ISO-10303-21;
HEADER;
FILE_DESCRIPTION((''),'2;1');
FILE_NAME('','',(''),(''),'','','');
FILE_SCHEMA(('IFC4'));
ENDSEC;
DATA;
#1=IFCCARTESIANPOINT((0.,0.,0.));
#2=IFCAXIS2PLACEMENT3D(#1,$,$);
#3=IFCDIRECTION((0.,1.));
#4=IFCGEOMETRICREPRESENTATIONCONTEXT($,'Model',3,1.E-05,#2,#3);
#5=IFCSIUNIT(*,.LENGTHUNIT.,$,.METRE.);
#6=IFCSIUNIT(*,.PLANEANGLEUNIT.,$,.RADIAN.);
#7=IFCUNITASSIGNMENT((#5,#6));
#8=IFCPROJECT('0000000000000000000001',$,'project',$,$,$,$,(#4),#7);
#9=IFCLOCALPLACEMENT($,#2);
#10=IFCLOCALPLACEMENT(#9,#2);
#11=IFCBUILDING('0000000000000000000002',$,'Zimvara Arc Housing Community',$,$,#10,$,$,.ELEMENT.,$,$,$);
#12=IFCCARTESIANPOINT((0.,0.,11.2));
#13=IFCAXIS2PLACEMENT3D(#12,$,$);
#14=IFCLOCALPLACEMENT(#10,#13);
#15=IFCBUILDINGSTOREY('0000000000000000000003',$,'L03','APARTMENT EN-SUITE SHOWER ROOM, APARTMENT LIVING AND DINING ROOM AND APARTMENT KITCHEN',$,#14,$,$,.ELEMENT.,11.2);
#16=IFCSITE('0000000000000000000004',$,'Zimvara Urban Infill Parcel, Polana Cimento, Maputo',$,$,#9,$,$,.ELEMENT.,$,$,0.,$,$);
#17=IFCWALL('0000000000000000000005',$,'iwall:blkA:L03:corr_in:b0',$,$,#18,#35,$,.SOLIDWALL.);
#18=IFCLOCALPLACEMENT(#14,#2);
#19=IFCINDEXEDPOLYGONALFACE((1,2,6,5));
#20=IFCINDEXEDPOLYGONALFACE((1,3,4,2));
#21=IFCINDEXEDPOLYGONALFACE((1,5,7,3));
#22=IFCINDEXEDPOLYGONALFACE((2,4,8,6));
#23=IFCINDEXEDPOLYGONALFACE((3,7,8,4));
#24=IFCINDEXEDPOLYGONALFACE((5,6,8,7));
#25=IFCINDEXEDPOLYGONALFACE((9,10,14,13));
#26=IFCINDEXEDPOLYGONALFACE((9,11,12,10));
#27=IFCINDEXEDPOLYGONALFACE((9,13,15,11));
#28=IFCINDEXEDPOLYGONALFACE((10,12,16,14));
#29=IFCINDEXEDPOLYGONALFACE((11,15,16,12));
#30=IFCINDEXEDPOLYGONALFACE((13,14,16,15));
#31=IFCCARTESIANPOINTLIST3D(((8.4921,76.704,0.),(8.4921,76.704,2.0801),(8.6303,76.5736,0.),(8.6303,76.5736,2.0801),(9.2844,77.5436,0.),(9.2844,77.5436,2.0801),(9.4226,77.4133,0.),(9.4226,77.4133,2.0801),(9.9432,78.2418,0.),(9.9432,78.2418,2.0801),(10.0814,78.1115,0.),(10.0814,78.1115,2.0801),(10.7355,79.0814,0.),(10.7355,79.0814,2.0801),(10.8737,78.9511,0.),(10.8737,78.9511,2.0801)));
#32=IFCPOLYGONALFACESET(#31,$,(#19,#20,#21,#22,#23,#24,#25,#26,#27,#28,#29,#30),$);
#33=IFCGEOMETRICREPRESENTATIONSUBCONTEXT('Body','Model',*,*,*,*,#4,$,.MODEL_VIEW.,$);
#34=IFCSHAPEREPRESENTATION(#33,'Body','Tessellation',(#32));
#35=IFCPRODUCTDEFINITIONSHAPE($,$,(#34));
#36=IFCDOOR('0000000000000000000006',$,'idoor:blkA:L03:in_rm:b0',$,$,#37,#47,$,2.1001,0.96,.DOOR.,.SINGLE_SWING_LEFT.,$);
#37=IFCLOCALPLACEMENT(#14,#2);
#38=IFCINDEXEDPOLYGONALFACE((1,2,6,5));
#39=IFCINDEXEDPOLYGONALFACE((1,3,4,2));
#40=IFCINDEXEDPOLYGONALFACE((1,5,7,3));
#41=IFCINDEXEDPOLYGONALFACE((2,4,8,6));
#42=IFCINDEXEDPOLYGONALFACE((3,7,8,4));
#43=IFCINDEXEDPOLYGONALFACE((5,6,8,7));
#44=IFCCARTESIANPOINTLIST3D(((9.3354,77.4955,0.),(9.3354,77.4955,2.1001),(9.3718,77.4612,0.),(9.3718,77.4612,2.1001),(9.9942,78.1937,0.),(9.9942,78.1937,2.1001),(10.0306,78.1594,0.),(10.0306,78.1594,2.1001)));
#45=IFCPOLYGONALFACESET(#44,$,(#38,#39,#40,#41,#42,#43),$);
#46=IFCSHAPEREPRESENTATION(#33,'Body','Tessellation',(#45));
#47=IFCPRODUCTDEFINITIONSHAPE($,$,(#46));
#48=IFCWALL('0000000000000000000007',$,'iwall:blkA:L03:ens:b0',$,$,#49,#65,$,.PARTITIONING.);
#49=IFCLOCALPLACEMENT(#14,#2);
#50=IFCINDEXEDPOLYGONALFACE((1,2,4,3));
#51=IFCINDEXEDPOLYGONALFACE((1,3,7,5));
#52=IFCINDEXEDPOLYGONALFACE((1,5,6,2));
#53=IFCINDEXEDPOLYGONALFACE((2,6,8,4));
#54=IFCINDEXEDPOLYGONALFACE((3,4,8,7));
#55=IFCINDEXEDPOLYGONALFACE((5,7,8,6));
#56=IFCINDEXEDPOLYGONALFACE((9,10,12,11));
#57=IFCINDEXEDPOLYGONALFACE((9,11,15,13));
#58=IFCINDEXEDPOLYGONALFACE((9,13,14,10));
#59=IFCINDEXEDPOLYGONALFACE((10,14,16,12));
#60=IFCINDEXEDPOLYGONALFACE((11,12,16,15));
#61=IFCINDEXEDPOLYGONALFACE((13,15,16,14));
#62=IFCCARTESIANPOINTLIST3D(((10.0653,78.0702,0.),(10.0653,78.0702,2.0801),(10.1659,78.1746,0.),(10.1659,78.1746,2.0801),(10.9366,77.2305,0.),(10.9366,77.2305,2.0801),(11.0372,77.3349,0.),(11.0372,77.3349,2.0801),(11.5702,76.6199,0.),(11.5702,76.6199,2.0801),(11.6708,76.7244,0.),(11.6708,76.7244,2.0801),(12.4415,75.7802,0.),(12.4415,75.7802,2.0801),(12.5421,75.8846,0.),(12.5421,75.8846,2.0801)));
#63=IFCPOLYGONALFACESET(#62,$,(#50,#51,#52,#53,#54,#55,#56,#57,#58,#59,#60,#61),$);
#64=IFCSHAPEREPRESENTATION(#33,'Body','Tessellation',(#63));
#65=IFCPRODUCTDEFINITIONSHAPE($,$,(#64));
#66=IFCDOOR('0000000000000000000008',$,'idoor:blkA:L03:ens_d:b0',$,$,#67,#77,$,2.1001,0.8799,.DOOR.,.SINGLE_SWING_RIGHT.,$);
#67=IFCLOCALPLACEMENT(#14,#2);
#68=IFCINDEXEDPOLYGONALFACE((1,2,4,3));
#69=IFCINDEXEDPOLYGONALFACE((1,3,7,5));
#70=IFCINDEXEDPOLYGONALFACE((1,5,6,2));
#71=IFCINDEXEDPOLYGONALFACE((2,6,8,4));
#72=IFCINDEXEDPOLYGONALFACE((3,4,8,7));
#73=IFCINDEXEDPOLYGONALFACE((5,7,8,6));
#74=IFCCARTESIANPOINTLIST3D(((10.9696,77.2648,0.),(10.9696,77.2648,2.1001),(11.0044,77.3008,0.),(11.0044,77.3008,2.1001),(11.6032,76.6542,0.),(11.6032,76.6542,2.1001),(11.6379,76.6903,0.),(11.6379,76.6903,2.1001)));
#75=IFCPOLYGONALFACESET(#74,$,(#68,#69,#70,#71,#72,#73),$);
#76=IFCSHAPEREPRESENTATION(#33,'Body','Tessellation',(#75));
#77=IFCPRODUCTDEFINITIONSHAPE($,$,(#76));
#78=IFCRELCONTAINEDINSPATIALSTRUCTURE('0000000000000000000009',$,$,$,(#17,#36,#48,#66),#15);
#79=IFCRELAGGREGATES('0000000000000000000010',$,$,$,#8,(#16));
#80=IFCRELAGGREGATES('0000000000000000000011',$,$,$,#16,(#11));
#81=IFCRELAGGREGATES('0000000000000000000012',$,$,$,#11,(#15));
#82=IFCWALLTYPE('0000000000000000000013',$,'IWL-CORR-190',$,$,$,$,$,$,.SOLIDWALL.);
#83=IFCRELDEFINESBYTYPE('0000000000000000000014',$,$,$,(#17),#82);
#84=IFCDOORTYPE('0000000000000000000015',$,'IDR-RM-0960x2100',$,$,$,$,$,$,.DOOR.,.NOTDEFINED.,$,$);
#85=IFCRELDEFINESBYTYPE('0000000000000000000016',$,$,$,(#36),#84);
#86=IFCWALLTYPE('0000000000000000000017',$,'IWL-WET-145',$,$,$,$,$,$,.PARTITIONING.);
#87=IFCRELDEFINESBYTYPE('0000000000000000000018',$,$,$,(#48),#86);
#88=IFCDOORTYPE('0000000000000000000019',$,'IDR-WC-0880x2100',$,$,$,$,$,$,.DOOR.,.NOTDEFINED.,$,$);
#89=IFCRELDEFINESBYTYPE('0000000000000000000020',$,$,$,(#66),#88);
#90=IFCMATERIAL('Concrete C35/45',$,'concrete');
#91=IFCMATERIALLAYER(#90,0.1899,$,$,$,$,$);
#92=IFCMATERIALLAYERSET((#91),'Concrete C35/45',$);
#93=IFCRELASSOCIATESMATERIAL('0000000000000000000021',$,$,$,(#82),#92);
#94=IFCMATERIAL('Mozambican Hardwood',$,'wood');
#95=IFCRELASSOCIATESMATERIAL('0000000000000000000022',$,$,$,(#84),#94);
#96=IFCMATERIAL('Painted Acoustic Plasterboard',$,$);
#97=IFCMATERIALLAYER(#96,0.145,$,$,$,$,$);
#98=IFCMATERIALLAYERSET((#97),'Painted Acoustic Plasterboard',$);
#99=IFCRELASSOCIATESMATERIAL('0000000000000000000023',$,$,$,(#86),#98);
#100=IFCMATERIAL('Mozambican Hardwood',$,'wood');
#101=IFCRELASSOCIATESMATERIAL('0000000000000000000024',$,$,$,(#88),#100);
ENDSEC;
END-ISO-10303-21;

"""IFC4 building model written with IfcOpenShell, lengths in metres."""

from ifc_helpers import new_model, si_unit, direction, frame, frame_2d, origin, place, context, subcontext, project, spatial, rectangle, extrude, material, layer, layer_set, type_object, element, fill, save


model = new_model("IFC4")

# Units and contexts
model_context = context("Model", 3, precision=1e-05, world=origin(), true_north=direction((0.0, 1.0)))
body_context = subcontext(model_context, "Body", "Model", "MODEL_VIEW")
ifc_project = project(units=[si_unit("LENGTHUNIT", "METRE"), si_unit("PLANEANGLEUNIT", "RADIAN")], contexts=[model_context])

# Site, building, storey
site_placement = place(None, origin())
site = spatial("IfcSite", under=ifc_project, at=site_placement, Name="Zimvara Urban Infill Parcel, Polana Cimento, Maputo", CompositionType="ELEMENT", RefElevation=0.0)
building_placement = place(site_placement, origin())
building = spatial("IfcBuilding", under=site, at=building_placement, Name="Zimvara Arc Housing Community", CompositionType="ELEMENT")
storey_placement = place(building_placement, frame((0.0, 0.0, 11.2)))
storey = spatial("IfcBuildingStorey", under=building, at=storey_placement, Name="L03", Description="APARTMENT EN-SUITE SHOWER ROOM, APARTMENT LIVING AND DINING ROOM AND APARTMENT KITCHEN", CompositionType="ELEMENT", Elevation=11.2)

# Walls, openings, doors
ifc_material_1 = material(Name="Concrete C35/45", Category="concrete")
ifc_layer_1 = layer(ifc_material_1, 0.1899)
ifc_layer_set_1 = layer_set([ifc_layer_1], Name="Concrete C35/45")
wall_type_1 = type_object("IfcWallType", Name="IWL-CORR-190", PredefinedType="SOLIDWALL", material=ifc_layer_set_1)
wall_1_placement = place(storey_placement, frame((8.5613, 76.6389, 0.0), z_axis=(0.0, 0.0, 1.0), x_axis=(0.686308, 0.727311, 0.0)))
wall_1 = element("IfcWall", 1, at=wall_1_placement, inside=storey, type_object=wall_type_1, Name="iwall:blkA:L03:corr_in:b0", PredefinedType="SOLIDWALL", context=body_context, shape_type="SweptSolid", body=[
    extrude(rectangle(XDim=3.2688, YDim=0.1899, at=frame_2d((1.6343, 0.0))), origin(), (0.0, 0.0, 1.0), 2.0801),
])
opening_1_placement = place(wall_1_placement, frame((1.1543, 0.0, 0.0)))
opening_1 = element("IfcOpeningElement", 2, at=opening_1_placement, cuts=wall_1, PredefinedType="OPENING", context=body_context, shape_type="SweptSolid", body=[
    extrude(rectangle(XDim=0.96, YDim=2.1001, at=frame_2d((0.48, 1.05))), frame((0.0, 0.105, 0.0), z_axis=(0.0, -1.0, 0.0), x_axis=(1.0, 0.0, 0.0)), (0.0, 0.0, 1.0), 0.21),
])
ifc_material_2 = material(Name="Mozambican Hardwood", Category="wood")
door_type_1 = type_object("IfcDoorType", Name="IDR-RM-0960x2100", OperationType="NOTDEFINED", PredefinedType="DOOR", material=ifc_material_2)
door_1_placement = place(opening_1_placement, origin())
door_1 = element("IfcDoor", 3, at=door_1_placement, inside=storey, type_object=door_type_1, Name="idoor:blkA:L03:in_rm:b0", OperationType="SINGLE_SWING_LEFT", OverallHeight=2.1001, OverallWidth=0.96, PredefinedType="DOOR", context=body_context, shape_type="SweptSolid", body=[
    extrude(rectangle(XDim=0.96, YDim=2.1001, at=frame_2d((0.48, 1.05))), frame((0.0, 0.0249, 0.0), z_axis=(0.0, -1.0, 0.0), x_axis=(1.0, 0.0, 0.0)), (0.0, 0.0, 1.0), 0.05),
])
fill(opening_1, door_1)
ifc_material_3 = material(Name="Painted Acoustic Plasterboard")
ifc_layer_2 = layer(ifc_material_3, 0.145)
ifc_layer_set_2 = layer_set([ifc_layer_2], Name="Painted Acoustic Plasterboard")
wall_type_2 = type_object("IfcWallType", Name="IWL-WET-145", PredefinedType="PARTITIONING", material=ifc_layer_set_2)
wall_2_placement = place(storey_placement, frame((12.4917, 75.8325, 0.0), z_axis=(0.0, 0.0, 1.0), x_axis=(-0.720044, 0.693929, 0.0)))
wall_2 = element("IfcWall", 4, at=wall_2_placement, inside=storey, type_object=wall_type_2, Name="iwall:blkA:L03:ens:b0", PredefinedType="PARTITIONING", context=body_context, shape_type="SweptSolid", body=[
    extrude(rectangle(XDim=3.3, YDim=0.145, at=frame_2d((1.6499, 0.0))), origin(), (0.0, 0.0, 1.0), 2.0801),
])
opening_2_placement = place(wall_2_placement, frame((1.21, 0.0, 0.0)))
opening_2 = element("IfcOpeningElement", 5, at=opening_2_placement, cuts=wall_2, PredefinedType="OPENING", context=body_context, shape_type="SweptSolid", body=[
    extrude(rectangle(XDim=0.8799, YDim=2.1001, at=frame_2d((0.4399, 1.05))), frame((0.0, 0.0825, 0.0), z_axis=(0.0, -1.0, 0.0), x_axis=(1.0, 0.0, 0.0)), (0.0, 0.0, 1.0), 0.165),
])
ifc_material_4 = material(Name="Mozambican Hardwood", Category="wood")
door_type_2 = type_object("IfcDoorType", Name="IDR-WC-0880x2100", OperationType="NOTDEFINED", PredefinedType="DOOR", material=ifc_material_4)
door_2_placement = place(opening_2_placement, origin())
door_2 = element("IfcDoor", 6, at=door_2_placement, inside=storey, type_object=door_type_2, Name="idoor:blkA:L03:ens_d:b0", OperationType="SINGLE_SWING_RIGHT", OverallHeight=2.1001, OverallWidth=0.8799, PredefinedType="DOOR", context=body_context, shape_type="SweptSolid", body=[
    extrude(rectangle(XDim=0.8799, YDim=2.1001, at=frame_2d((0.4399, 1.05))), frame((0.0, 0.0249, 0.0), z_axis=(0.0, -1.0, 0.0), x_axis=(1.0, 0.0, 0.0)), (0.0, 0.0, 1.0), 0.05),
])
fill(opening_2, door_2)

save(model, "model.ifc")
